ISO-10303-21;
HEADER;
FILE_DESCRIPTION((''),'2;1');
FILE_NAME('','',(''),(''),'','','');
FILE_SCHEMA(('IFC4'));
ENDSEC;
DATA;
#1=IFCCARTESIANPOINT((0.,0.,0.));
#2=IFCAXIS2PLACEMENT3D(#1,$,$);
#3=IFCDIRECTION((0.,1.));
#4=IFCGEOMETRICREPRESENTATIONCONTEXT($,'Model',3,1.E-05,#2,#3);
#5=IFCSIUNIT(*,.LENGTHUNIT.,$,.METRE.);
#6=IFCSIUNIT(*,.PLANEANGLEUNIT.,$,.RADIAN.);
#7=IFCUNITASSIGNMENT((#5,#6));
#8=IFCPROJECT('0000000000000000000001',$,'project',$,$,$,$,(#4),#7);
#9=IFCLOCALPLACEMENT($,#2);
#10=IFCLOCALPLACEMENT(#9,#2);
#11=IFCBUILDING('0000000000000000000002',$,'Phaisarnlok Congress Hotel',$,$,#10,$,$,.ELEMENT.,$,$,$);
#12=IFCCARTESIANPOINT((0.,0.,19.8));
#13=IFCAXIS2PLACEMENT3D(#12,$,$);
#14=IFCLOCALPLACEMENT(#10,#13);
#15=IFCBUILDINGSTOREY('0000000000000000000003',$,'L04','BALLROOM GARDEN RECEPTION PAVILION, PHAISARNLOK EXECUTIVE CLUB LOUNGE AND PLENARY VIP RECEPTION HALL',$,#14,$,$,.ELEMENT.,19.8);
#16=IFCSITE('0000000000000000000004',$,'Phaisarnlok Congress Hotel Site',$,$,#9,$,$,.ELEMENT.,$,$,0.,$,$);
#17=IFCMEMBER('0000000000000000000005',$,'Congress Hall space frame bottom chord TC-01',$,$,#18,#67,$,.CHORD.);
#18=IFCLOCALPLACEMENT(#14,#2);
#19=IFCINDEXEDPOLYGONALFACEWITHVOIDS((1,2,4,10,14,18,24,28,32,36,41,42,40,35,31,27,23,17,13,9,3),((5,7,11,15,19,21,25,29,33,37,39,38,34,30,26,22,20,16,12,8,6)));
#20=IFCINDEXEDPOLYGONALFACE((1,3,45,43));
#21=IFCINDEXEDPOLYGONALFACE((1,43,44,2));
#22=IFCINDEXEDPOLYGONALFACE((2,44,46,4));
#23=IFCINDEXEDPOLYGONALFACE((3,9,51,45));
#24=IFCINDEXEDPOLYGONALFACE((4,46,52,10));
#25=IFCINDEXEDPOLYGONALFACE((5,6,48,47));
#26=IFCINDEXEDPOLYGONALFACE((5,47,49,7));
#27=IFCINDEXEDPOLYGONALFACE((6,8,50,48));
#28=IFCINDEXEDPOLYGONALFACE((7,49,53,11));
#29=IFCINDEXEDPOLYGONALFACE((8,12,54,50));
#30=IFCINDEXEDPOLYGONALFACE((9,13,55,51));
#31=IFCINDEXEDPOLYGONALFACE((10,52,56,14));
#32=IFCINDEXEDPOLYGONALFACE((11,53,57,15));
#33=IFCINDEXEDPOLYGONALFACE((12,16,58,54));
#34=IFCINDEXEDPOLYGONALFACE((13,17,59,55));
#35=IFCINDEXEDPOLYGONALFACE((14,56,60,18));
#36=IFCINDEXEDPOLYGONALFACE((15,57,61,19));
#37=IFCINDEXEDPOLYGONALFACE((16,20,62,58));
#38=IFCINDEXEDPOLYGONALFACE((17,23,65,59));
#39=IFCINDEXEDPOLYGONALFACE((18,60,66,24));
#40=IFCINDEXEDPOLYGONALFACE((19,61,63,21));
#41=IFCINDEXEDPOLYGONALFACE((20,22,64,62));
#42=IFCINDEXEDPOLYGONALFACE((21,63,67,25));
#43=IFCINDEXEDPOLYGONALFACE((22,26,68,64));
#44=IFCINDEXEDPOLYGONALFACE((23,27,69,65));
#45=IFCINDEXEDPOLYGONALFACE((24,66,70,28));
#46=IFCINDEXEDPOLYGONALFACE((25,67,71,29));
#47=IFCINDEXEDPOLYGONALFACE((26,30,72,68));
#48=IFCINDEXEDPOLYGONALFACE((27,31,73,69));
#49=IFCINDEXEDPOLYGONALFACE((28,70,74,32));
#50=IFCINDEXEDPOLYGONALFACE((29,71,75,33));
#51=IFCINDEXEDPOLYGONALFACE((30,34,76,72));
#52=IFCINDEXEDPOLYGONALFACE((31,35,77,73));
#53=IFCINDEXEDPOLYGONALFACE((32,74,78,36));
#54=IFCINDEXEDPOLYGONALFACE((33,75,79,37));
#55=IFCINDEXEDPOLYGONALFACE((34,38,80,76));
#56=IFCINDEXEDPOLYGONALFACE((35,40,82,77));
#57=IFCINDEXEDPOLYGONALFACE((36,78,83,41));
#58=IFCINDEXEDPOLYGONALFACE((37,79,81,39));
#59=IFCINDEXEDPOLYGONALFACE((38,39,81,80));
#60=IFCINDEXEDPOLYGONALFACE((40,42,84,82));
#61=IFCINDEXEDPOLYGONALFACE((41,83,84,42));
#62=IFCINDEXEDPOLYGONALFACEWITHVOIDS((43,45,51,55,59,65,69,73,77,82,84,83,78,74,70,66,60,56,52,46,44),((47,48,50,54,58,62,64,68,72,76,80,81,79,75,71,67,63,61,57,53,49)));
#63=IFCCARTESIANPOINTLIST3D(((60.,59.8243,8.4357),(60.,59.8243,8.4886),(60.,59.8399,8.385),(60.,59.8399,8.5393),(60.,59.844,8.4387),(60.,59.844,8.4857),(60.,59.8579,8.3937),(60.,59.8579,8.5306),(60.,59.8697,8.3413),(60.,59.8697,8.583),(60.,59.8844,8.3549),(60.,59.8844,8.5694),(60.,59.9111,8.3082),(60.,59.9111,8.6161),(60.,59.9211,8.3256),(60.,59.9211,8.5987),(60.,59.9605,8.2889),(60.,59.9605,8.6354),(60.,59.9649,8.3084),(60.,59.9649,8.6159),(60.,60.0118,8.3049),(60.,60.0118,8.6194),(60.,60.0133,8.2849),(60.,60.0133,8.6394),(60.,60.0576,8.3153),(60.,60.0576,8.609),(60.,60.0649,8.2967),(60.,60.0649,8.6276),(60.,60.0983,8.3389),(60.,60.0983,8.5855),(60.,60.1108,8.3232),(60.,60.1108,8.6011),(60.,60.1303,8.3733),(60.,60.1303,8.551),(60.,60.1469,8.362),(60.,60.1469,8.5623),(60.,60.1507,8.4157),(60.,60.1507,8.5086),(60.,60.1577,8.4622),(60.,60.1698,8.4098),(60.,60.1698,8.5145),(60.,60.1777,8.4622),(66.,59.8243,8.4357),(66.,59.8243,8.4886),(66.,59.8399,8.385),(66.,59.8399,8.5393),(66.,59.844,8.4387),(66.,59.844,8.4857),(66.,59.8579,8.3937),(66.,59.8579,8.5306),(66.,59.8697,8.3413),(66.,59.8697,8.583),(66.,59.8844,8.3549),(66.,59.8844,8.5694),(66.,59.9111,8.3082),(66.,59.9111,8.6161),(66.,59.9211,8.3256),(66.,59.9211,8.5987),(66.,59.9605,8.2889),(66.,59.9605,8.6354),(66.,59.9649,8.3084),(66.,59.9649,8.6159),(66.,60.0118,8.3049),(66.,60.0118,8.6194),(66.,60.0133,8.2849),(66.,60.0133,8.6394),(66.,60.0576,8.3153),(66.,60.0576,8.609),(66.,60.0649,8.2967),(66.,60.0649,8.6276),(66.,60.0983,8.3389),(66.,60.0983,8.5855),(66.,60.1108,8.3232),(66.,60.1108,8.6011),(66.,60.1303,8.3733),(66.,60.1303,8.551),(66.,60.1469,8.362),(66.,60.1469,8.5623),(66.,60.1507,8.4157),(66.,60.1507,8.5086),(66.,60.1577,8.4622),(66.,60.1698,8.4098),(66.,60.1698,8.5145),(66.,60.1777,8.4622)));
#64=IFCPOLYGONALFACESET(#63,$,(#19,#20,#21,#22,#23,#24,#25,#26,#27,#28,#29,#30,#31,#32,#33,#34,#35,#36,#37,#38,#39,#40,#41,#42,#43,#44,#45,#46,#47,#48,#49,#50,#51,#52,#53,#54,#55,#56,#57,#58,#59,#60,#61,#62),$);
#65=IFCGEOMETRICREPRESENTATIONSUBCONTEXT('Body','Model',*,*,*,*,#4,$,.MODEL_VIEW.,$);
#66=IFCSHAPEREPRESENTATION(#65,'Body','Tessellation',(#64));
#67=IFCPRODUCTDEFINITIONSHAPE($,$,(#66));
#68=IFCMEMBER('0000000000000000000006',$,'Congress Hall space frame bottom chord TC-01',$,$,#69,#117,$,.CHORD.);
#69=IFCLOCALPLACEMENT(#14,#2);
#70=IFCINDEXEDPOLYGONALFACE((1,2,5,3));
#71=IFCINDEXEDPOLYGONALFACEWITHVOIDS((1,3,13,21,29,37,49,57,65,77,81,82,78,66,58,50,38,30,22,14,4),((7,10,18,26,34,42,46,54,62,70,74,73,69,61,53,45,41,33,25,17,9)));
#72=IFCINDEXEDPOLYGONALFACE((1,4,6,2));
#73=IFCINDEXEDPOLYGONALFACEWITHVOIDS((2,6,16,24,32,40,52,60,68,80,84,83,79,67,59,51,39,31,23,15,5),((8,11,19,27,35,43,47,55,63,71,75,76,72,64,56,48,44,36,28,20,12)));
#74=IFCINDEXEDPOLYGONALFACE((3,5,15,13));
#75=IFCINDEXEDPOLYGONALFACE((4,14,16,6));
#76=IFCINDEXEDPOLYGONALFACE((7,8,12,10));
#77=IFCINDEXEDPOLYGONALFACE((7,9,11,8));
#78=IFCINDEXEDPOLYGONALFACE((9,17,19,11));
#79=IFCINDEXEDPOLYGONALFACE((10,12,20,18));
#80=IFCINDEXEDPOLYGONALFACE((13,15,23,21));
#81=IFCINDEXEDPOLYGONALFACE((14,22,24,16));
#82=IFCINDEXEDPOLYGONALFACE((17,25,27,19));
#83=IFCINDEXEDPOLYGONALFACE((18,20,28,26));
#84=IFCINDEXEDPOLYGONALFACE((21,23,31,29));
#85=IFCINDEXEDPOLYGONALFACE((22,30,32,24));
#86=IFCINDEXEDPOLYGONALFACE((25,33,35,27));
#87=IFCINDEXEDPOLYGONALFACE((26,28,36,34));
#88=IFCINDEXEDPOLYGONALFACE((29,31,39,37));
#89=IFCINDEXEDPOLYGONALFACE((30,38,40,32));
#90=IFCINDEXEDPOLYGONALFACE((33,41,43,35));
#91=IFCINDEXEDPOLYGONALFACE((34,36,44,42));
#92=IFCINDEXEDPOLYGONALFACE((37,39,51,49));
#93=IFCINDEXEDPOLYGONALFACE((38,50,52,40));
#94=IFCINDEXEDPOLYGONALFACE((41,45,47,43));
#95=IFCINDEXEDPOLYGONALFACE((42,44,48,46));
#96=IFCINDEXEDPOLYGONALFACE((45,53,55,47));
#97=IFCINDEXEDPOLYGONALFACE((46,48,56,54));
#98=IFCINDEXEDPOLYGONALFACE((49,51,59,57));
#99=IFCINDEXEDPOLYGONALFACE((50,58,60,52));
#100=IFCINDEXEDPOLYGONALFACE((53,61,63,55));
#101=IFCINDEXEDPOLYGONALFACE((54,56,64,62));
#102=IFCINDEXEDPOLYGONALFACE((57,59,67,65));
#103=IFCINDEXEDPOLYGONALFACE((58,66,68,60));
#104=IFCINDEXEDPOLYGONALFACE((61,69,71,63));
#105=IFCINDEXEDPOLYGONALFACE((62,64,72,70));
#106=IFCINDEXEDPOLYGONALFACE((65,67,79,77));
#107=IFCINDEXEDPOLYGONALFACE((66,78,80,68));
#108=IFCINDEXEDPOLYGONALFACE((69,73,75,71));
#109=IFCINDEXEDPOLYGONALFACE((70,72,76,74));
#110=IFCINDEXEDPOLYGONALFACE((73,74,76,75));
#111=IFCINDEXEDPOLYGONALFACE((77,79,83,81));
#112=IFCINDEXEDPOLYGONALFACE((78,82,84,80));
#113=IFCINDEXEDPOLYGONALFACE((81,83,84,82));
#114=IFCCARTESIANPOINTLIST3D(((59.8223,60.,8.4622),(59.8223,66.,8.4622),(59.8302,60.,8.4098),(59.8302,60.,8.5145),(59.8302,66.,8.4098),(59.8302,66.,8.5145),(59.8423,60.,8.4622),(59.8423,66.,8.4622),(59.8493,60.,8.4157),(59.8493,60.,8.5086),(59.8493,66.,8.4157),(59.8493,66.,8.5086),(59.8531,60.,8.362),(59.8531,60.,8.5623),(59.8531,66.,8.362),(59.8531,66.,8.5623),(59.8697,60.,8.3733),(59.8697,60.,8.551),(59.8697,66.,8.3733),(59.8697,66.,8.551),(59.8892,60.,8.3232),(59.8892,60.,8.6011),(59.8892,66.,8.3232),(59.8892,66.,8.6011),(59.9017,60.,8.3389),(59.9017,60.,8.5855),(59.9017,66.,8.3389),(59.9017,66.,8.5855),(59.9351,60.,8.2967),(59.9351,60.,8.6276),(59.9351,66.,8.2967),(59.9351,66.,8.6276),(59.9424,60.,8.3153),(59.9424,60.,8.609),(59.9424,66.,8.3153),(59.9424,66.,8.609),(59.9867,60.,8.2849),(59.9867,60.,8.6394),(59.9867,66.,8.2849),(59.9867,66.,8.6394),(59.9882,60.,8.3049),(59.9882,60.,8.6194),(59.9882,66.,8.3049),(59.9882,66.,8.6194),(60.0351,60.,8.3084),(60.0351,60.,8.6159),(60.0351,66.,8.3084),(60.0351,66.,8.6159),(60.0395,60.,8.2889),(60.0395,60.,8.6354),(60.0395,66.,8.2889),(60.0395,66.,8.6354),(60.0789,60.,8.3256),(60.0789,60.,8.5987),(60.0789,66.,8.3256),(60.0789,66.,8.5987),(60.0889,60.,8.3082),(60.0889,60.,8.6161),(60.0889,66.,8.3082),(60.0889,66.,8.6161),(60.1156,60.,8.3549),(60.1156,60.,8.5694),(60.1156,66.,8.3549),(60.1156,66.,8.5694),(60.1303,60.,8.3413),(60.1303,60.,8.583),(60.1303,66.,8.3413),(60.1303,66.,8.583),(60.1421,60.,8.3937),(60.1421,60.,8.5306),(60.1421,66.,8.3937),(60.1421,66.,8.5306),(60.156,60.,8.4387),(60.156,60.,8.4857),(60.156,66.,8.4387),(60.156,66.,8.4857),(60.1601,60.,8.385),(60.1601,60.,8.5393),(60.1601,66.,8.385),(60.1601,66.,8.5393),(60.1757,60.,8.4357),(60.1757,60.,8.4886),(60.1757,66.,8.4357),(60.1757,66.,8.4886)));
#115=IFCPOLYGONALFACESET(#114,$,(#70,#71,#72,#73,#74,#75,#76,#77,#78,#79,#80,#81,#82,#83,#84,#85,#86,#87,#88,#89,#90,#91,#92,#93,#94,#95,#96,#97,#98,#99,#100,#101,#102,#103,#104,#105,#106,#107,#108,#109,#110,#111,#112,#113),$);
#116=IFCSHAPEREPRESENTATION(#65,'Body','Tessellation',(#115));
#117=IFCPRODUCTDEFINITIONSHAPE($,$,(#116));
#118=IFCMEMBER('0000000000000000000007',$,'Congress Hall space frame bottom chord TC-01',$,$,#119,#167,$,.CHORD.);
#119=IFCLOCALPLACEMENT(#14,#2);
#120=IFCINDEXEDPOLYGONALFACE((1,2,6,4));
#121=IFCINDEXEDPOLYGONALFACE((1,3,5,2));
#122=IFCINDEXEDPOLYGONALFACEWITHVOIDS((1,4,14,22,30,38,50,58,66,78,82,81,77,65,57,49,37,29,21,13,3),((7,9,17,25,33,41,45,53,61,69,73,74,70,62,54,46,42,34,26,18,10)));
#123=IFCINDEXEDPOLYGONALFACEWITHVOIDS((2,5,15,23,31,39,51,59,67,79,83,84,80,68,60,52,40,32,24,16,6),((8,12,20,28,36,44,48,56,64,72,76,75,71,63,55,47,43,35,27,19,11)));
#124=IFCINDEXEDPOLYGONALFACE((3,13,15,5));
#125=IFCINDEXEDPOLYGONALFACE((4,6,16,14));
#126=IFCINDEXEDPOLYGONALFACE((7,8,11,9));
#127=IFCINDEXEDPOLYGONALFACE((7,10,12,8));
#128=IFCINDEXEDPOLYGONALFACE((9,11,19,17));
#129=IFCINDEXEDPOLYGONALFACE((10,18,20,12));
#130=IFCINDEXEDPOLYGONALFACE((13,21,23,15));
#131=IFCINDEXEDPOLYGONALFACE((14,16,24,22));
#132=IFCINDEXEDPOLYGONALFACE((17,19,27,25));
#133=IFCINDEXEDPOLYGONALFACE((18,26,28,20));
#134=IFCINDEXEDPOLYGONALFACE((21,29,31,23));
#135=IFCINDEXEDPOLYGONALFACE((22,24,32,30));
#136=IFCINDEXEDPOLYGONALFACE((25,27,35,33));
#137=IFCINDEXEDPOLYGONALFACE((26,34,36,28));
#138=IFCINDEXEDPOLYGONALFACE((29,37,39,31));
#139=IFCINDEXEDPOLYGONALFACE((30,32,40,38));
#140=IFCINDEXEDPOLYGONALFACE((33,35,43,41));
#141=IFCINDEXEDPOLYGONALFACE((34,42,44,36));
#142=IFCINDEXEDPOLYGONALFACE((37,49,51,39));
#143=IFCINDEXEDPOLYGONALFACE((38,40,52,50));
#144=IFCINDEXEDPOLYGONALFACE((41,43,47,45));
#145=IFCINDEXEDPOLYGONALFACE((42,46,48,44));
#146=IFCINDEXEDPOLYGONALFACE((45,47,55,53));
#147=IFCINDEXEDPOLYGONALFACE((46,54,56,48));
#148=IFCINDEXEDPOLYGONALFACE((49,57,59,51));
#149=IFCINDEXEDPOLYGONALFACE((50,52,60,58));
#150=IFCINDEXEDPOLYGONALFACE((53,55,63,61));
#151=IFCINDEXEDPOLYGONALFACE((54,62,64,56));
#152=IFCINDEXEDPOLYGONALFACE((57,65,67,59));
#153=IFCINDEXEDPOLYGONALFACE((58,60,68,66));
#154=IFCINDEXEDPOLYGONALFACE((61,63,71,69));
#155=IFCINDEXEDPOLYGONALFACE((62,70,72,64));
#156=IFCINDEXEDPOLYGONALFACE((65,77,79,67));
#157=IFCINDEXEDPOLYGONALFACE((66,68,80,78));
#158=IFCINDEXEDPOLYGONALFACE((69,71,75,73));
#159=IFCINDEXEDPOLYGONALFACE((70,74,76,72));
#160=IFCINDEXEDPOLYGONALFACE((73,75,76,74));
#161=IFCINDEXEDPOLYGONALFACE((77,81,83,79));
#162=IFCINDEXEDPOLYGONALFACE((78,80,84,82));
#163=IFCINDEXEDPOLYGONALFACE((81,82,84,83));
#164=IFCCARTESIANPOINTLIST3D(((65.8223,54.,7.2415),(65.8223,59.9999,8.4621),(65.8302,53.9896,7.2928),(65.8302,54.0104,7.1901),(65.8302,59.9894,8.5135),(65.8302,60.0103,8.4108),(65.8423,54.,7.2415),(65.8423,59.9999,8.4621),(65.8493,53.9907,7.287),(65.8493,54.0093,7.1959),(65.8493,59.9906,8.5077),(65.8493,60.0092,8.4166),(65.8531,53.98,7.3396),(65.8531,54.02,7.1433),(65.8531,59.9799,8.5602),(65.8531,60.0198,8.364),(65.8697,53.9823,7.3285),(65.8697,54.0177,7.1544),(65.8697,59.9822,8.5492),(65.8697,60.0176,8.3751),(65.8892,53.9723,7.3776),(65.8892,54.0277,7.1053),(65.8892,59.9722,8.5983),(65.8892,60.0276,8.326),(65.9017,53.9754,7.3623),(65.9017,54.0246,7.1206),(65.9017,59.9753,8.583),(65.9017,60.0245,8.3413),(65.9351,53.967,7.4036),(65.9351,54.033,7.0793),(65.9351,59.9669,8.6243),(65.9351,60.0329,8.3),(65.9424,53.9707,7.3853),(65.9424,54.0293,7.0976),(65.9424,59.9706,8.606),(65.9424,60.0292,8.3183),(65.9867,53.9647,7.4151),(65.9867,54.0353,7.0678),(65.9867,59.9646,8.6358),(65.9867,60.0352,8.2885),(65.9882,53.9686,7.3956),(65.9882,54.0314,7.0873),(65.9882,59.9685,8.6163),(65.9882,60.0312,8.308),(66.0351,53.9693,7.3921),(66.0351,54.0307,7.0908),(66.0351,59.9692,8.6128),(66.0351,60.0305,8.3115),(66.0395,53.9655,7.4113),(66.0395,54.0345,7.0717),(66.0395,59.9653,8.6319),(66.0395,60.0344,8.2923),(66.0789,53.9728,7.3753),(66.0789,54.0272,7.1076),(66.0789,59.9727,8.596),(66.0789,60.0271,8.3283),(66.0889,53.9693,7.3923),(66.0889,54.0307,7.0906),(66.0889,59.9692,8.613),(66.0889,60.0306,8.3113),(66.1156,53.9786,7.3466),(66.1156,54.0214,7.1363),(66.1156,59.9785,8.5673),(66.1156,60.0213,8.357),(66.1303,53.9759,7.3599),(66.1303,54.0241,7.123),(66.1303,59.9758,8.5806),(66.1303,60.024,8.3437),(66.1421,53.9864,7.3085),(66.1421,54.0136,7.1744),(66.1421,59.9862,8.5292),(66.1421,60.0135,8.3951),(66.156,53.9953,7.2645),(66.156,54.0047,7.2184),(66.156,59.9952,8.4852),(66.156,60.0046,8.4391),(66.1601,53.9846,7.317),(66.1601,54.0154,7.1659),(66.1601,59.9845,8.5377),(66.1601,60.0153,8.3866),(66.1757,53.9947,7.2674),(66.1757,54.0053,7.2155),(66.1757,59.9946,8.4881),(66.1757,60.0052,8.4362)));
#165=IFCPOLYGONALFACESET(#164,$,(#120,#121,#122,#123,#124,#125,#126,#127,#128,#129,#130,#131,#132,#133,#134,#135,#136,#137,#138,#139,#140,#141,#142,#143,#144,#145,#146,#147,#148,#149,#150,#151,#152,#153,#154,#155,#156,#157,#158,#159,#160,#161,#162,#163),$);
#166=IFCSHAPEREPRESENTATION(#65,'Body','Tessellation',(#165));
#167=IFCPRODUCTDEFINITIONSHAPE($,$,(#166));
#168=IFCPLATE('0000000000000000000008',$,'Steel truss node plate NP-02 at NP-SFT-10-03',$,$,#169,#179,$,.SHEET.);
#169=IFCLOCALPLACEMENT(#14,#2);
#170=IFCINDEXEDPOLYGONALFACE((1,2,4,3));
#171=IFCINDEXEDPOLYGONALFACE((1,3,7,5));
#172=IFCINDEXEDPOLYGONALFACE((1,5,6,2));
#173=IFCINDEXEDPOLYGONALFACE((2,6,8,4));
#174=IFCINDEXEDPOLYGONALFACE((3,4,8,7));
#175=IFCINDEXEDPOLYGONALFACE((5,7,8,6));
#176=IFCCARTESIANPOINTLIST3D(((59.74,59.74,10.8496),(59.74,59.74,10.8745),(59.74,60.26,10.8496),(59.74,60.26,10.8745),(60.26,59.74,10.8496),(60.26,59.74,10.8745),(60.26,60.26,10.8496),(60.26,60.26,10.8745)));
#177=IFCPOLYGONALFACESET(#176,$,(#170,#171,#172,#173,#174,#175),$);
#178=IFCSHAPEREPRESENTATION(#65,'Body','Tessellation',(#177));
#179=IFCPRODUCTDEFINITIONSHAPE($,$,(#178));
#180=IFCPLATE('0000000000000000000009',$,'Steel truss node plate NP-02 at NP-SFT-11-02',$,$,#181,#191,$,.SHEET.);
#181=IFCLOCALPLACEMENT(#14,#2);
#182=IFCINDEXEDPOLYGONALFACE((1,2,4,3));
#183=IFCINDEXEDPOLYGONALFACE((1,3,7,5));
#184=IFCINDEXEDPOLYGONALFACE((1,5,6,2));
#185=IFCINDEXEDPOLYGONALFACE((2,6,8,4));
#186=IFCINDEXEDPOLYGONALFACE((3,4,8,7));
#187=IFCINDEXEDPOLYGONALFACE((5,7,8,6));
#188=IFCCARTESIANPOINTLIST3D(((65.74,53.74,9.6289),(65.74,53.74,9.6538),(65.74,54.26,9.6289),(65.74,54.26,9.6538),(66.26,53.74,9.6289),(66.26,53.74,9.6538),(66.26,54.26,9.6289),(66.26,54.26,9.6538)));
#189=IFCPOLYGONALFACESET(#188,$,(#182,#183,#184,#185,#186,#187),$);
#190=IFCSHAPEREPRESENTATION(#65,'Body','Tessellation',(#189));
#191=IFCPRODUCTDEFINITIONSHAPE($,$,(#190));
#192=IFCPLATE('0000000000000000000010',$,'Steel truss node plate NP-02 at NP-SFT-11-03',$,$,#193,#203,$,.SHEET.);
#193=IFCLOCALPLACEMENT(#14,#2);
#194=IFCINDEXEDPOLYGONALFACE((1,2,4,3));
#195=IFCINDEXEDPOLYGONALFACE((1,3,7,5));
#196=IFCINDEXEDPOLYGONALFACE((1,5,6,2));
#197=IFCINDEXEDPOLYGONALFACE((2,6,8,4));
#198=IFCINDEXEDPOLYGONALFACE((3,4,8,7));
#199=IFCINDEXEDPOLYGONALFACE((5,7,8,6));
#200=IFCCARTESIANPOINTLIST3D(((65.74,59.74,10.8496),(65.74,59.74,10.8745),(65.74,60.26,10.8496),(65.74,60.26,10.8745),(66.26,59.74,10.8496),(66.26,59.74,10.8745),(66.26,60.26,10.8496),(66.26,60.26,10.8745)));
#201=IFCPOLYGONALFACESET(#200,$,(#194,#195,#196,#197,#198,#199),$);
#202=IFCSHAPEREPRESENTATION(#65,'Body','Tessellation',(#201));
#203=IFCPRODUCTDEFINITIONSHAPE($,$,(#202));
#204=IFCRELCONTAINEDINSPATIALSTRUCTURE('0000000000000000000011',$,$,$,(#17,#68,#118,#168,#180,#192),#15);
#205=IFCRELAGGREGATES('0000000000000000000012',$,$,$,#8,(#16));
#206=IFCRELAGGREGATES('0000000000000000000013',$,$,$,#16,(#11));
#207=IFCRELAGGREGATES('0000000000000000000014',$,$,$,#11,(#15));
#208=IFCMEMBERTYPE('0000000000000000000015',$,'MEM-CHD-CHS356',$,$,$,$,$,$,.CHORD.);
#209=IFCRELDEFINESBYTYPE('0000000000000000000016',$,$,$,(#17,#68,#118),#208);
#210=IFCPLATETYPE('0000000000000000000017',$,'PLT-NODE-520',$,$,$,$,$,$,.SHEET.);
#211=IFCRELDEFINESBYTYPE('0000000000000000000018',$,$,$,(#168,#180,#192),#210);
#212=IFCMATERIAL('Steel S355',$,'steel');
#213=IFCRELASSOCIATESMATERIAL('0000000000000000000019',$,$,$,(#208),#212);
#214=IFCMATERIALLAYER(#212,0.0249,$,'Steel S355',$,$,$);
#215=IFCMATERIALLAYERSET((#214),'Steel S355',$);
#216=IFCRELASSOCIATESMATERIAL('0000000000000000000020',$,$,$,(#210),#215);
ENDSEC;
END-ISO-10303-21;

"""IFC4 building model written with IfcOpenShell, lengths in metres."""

from ifc_helpers import new_model, si_unit, direction, frame, origin, origin_2d, place, context, subcontext, project, spatial, rectangle, hollow_circle, extrude, material, layer, layer_set, material_profile, profile_set, type_object, element, save


model = new_model("IFC4")

# Units and contexts
model_context = context("Model", 3, precision=1e-05, world=origin(), true_north=direction((0.0, 1.0)))
body_context = subcontext(model_context, "Body", "Model", "MODEL_VIEW")
ifc_project = project(units=[si_unit("LENGTHUNIT", "METRE"), si_unit("PLANEANGLEUNIT", "RADIAN")], contexts=[model_context])

# Site, building, storey
site_placement = place(None, origin())
site = spatial("IfcSite", under=ifc_project, at=site_placement, Name="Phaisarnlok Congress Hotel Site", CompositionType="ELEMENT", RefElevation=0.0)
building_placement = place(site_placement, origin())
building = spatial("IfcBuilding", under=site, at=building_placement, Name="Phaisarnlok Congress Hotel", CompositionType="ELEMENT")
storey_placement = place(building_placement, frame((0.0, 0.0, 19.8)))
storey = spatial("IfcBuildingStorey", under=building, at=storey_placement, Name="L04", Description="BALLROOM GARDEN RECEPTION PAVILION, PHAISARNLOK EXECUTIVE CLUB LOUNGE AND PLENARY VIP RECEPTION HALL", CompositionType="ELEMENT", Elevation=19.8)

# Shared definitions
ifc_material_1 = material(Name="Steel S355", Category="steel")

# Members
ifc_material_profile_1 = material_profile(ifc_material_1, hollow_circle(Radius=0.1777, WallThickness=0.02, at=origin_2d()), Name="CHS 355.6x20")
ifc_profile_set_1 = profile_set([ifc_material_profile_1], Name="Steel S355")
member_type_1 = type_object("IfcMemberType", Name="MEM-CHD-CHS356", PredefinedType="CHORD", material=ifc_profile_set_1)
for number, where, z_axis, x_axis, name in (
    (1, (60.0, 60.0, 8.4622), (1.0, 0.0, 0.0), (0.0, 1.0, 0.0), "Congress Hall space frame bottom chord TC-01"),
    (2, (60.0, 60.0, 8.4622), (0.0, 1.0, 0.0), (-1.0, 0.0, 0.0), "Congress Hall space frame bottom chord TC-01"),
):
    element("IfcMember", number, at=place(storey_placement, frame(where, z_axis=z_axis, x_axis=x_axis)), inside=storey, type_object=member_type_1, Name=name, PredefinedType="CHORD", context=body_context, shape_type="SweptSolid", body=[
        extrude(hollow_circle(Radius=0.1777, WallThickness=0.02, at=origin_2d()), origin(), (0.0, 0.0, 1.0), 6.0),
    ])
member_1_placement = place(storey_placement, frame((66.0, 54.0, 7.2415), z_axis=(0.0, 0.979925, 0.199366), x_axis=(-1.0, 0.0, 0.0)))
element("IfcMember", 3, at=member_1_placement, inside=storey, type_object=member_type_1, Name="Congress Hall space frame bottom chord TC-01", PredefinedType="CHORD", context=body_context, shape_type="SweptSolid", body=[
    extrude(hollow_circle(Radius=0.1777, WallThickness=0.02, at=origin_2d()), origin(), (0.0, 0.0, 1.0), 6.1228),
])

# Plates
ifc_layer_1 = layer(ifc_material_1, 0.0249, Name="Steel S355")
ifc_layer_set_1 = layer_set([ifc_layer_1], Name="Steel S355")
plate_type_1 = type_object("IfcPlateType", Name="PLT-NODE-520", PredefinedType="SHEET", material=ifc_layer_set_1)
for number, where, z_axis, x_axis, name in (
    (4, (60.0, 60.0, 10.8496), (0.0, 0.0, 1.0), (1.0, 0.0, 0.0), "Steel truss node plate NP-02 at NP-SFT-10-03"),
    (5, (66.0, 54.0, 9.6289), (0.0, 0.0, 1.0), (1.0, 0.0, 0.0), "Steel truss node plate NP-02 at NP-SFT-11-02"),
    (6, (66.0, 60.0, 10.8496), (0.0, 0.0, 1.0), (1.0, 0.0, 0.0), "Steel truss node plate NP-02 at NP-SFT-11-03"),
):
    element("IfcPlate", number, at=place(storey_placement, frame(where, z_axis=z_axis, x_axis=x_axis)), inside=storey, type_object=plate_type_1, Name=name, PredefinedType="SHEET", context=body_context, shape_type="SweptSolid", body=[
        extrude(rectangle(XDim=0.52, YDim=0.52, at=origin_2d()), origin(), (0.0, 0.0, 1.0), 0.0249),
    ])

save(model, "model.ifc")
